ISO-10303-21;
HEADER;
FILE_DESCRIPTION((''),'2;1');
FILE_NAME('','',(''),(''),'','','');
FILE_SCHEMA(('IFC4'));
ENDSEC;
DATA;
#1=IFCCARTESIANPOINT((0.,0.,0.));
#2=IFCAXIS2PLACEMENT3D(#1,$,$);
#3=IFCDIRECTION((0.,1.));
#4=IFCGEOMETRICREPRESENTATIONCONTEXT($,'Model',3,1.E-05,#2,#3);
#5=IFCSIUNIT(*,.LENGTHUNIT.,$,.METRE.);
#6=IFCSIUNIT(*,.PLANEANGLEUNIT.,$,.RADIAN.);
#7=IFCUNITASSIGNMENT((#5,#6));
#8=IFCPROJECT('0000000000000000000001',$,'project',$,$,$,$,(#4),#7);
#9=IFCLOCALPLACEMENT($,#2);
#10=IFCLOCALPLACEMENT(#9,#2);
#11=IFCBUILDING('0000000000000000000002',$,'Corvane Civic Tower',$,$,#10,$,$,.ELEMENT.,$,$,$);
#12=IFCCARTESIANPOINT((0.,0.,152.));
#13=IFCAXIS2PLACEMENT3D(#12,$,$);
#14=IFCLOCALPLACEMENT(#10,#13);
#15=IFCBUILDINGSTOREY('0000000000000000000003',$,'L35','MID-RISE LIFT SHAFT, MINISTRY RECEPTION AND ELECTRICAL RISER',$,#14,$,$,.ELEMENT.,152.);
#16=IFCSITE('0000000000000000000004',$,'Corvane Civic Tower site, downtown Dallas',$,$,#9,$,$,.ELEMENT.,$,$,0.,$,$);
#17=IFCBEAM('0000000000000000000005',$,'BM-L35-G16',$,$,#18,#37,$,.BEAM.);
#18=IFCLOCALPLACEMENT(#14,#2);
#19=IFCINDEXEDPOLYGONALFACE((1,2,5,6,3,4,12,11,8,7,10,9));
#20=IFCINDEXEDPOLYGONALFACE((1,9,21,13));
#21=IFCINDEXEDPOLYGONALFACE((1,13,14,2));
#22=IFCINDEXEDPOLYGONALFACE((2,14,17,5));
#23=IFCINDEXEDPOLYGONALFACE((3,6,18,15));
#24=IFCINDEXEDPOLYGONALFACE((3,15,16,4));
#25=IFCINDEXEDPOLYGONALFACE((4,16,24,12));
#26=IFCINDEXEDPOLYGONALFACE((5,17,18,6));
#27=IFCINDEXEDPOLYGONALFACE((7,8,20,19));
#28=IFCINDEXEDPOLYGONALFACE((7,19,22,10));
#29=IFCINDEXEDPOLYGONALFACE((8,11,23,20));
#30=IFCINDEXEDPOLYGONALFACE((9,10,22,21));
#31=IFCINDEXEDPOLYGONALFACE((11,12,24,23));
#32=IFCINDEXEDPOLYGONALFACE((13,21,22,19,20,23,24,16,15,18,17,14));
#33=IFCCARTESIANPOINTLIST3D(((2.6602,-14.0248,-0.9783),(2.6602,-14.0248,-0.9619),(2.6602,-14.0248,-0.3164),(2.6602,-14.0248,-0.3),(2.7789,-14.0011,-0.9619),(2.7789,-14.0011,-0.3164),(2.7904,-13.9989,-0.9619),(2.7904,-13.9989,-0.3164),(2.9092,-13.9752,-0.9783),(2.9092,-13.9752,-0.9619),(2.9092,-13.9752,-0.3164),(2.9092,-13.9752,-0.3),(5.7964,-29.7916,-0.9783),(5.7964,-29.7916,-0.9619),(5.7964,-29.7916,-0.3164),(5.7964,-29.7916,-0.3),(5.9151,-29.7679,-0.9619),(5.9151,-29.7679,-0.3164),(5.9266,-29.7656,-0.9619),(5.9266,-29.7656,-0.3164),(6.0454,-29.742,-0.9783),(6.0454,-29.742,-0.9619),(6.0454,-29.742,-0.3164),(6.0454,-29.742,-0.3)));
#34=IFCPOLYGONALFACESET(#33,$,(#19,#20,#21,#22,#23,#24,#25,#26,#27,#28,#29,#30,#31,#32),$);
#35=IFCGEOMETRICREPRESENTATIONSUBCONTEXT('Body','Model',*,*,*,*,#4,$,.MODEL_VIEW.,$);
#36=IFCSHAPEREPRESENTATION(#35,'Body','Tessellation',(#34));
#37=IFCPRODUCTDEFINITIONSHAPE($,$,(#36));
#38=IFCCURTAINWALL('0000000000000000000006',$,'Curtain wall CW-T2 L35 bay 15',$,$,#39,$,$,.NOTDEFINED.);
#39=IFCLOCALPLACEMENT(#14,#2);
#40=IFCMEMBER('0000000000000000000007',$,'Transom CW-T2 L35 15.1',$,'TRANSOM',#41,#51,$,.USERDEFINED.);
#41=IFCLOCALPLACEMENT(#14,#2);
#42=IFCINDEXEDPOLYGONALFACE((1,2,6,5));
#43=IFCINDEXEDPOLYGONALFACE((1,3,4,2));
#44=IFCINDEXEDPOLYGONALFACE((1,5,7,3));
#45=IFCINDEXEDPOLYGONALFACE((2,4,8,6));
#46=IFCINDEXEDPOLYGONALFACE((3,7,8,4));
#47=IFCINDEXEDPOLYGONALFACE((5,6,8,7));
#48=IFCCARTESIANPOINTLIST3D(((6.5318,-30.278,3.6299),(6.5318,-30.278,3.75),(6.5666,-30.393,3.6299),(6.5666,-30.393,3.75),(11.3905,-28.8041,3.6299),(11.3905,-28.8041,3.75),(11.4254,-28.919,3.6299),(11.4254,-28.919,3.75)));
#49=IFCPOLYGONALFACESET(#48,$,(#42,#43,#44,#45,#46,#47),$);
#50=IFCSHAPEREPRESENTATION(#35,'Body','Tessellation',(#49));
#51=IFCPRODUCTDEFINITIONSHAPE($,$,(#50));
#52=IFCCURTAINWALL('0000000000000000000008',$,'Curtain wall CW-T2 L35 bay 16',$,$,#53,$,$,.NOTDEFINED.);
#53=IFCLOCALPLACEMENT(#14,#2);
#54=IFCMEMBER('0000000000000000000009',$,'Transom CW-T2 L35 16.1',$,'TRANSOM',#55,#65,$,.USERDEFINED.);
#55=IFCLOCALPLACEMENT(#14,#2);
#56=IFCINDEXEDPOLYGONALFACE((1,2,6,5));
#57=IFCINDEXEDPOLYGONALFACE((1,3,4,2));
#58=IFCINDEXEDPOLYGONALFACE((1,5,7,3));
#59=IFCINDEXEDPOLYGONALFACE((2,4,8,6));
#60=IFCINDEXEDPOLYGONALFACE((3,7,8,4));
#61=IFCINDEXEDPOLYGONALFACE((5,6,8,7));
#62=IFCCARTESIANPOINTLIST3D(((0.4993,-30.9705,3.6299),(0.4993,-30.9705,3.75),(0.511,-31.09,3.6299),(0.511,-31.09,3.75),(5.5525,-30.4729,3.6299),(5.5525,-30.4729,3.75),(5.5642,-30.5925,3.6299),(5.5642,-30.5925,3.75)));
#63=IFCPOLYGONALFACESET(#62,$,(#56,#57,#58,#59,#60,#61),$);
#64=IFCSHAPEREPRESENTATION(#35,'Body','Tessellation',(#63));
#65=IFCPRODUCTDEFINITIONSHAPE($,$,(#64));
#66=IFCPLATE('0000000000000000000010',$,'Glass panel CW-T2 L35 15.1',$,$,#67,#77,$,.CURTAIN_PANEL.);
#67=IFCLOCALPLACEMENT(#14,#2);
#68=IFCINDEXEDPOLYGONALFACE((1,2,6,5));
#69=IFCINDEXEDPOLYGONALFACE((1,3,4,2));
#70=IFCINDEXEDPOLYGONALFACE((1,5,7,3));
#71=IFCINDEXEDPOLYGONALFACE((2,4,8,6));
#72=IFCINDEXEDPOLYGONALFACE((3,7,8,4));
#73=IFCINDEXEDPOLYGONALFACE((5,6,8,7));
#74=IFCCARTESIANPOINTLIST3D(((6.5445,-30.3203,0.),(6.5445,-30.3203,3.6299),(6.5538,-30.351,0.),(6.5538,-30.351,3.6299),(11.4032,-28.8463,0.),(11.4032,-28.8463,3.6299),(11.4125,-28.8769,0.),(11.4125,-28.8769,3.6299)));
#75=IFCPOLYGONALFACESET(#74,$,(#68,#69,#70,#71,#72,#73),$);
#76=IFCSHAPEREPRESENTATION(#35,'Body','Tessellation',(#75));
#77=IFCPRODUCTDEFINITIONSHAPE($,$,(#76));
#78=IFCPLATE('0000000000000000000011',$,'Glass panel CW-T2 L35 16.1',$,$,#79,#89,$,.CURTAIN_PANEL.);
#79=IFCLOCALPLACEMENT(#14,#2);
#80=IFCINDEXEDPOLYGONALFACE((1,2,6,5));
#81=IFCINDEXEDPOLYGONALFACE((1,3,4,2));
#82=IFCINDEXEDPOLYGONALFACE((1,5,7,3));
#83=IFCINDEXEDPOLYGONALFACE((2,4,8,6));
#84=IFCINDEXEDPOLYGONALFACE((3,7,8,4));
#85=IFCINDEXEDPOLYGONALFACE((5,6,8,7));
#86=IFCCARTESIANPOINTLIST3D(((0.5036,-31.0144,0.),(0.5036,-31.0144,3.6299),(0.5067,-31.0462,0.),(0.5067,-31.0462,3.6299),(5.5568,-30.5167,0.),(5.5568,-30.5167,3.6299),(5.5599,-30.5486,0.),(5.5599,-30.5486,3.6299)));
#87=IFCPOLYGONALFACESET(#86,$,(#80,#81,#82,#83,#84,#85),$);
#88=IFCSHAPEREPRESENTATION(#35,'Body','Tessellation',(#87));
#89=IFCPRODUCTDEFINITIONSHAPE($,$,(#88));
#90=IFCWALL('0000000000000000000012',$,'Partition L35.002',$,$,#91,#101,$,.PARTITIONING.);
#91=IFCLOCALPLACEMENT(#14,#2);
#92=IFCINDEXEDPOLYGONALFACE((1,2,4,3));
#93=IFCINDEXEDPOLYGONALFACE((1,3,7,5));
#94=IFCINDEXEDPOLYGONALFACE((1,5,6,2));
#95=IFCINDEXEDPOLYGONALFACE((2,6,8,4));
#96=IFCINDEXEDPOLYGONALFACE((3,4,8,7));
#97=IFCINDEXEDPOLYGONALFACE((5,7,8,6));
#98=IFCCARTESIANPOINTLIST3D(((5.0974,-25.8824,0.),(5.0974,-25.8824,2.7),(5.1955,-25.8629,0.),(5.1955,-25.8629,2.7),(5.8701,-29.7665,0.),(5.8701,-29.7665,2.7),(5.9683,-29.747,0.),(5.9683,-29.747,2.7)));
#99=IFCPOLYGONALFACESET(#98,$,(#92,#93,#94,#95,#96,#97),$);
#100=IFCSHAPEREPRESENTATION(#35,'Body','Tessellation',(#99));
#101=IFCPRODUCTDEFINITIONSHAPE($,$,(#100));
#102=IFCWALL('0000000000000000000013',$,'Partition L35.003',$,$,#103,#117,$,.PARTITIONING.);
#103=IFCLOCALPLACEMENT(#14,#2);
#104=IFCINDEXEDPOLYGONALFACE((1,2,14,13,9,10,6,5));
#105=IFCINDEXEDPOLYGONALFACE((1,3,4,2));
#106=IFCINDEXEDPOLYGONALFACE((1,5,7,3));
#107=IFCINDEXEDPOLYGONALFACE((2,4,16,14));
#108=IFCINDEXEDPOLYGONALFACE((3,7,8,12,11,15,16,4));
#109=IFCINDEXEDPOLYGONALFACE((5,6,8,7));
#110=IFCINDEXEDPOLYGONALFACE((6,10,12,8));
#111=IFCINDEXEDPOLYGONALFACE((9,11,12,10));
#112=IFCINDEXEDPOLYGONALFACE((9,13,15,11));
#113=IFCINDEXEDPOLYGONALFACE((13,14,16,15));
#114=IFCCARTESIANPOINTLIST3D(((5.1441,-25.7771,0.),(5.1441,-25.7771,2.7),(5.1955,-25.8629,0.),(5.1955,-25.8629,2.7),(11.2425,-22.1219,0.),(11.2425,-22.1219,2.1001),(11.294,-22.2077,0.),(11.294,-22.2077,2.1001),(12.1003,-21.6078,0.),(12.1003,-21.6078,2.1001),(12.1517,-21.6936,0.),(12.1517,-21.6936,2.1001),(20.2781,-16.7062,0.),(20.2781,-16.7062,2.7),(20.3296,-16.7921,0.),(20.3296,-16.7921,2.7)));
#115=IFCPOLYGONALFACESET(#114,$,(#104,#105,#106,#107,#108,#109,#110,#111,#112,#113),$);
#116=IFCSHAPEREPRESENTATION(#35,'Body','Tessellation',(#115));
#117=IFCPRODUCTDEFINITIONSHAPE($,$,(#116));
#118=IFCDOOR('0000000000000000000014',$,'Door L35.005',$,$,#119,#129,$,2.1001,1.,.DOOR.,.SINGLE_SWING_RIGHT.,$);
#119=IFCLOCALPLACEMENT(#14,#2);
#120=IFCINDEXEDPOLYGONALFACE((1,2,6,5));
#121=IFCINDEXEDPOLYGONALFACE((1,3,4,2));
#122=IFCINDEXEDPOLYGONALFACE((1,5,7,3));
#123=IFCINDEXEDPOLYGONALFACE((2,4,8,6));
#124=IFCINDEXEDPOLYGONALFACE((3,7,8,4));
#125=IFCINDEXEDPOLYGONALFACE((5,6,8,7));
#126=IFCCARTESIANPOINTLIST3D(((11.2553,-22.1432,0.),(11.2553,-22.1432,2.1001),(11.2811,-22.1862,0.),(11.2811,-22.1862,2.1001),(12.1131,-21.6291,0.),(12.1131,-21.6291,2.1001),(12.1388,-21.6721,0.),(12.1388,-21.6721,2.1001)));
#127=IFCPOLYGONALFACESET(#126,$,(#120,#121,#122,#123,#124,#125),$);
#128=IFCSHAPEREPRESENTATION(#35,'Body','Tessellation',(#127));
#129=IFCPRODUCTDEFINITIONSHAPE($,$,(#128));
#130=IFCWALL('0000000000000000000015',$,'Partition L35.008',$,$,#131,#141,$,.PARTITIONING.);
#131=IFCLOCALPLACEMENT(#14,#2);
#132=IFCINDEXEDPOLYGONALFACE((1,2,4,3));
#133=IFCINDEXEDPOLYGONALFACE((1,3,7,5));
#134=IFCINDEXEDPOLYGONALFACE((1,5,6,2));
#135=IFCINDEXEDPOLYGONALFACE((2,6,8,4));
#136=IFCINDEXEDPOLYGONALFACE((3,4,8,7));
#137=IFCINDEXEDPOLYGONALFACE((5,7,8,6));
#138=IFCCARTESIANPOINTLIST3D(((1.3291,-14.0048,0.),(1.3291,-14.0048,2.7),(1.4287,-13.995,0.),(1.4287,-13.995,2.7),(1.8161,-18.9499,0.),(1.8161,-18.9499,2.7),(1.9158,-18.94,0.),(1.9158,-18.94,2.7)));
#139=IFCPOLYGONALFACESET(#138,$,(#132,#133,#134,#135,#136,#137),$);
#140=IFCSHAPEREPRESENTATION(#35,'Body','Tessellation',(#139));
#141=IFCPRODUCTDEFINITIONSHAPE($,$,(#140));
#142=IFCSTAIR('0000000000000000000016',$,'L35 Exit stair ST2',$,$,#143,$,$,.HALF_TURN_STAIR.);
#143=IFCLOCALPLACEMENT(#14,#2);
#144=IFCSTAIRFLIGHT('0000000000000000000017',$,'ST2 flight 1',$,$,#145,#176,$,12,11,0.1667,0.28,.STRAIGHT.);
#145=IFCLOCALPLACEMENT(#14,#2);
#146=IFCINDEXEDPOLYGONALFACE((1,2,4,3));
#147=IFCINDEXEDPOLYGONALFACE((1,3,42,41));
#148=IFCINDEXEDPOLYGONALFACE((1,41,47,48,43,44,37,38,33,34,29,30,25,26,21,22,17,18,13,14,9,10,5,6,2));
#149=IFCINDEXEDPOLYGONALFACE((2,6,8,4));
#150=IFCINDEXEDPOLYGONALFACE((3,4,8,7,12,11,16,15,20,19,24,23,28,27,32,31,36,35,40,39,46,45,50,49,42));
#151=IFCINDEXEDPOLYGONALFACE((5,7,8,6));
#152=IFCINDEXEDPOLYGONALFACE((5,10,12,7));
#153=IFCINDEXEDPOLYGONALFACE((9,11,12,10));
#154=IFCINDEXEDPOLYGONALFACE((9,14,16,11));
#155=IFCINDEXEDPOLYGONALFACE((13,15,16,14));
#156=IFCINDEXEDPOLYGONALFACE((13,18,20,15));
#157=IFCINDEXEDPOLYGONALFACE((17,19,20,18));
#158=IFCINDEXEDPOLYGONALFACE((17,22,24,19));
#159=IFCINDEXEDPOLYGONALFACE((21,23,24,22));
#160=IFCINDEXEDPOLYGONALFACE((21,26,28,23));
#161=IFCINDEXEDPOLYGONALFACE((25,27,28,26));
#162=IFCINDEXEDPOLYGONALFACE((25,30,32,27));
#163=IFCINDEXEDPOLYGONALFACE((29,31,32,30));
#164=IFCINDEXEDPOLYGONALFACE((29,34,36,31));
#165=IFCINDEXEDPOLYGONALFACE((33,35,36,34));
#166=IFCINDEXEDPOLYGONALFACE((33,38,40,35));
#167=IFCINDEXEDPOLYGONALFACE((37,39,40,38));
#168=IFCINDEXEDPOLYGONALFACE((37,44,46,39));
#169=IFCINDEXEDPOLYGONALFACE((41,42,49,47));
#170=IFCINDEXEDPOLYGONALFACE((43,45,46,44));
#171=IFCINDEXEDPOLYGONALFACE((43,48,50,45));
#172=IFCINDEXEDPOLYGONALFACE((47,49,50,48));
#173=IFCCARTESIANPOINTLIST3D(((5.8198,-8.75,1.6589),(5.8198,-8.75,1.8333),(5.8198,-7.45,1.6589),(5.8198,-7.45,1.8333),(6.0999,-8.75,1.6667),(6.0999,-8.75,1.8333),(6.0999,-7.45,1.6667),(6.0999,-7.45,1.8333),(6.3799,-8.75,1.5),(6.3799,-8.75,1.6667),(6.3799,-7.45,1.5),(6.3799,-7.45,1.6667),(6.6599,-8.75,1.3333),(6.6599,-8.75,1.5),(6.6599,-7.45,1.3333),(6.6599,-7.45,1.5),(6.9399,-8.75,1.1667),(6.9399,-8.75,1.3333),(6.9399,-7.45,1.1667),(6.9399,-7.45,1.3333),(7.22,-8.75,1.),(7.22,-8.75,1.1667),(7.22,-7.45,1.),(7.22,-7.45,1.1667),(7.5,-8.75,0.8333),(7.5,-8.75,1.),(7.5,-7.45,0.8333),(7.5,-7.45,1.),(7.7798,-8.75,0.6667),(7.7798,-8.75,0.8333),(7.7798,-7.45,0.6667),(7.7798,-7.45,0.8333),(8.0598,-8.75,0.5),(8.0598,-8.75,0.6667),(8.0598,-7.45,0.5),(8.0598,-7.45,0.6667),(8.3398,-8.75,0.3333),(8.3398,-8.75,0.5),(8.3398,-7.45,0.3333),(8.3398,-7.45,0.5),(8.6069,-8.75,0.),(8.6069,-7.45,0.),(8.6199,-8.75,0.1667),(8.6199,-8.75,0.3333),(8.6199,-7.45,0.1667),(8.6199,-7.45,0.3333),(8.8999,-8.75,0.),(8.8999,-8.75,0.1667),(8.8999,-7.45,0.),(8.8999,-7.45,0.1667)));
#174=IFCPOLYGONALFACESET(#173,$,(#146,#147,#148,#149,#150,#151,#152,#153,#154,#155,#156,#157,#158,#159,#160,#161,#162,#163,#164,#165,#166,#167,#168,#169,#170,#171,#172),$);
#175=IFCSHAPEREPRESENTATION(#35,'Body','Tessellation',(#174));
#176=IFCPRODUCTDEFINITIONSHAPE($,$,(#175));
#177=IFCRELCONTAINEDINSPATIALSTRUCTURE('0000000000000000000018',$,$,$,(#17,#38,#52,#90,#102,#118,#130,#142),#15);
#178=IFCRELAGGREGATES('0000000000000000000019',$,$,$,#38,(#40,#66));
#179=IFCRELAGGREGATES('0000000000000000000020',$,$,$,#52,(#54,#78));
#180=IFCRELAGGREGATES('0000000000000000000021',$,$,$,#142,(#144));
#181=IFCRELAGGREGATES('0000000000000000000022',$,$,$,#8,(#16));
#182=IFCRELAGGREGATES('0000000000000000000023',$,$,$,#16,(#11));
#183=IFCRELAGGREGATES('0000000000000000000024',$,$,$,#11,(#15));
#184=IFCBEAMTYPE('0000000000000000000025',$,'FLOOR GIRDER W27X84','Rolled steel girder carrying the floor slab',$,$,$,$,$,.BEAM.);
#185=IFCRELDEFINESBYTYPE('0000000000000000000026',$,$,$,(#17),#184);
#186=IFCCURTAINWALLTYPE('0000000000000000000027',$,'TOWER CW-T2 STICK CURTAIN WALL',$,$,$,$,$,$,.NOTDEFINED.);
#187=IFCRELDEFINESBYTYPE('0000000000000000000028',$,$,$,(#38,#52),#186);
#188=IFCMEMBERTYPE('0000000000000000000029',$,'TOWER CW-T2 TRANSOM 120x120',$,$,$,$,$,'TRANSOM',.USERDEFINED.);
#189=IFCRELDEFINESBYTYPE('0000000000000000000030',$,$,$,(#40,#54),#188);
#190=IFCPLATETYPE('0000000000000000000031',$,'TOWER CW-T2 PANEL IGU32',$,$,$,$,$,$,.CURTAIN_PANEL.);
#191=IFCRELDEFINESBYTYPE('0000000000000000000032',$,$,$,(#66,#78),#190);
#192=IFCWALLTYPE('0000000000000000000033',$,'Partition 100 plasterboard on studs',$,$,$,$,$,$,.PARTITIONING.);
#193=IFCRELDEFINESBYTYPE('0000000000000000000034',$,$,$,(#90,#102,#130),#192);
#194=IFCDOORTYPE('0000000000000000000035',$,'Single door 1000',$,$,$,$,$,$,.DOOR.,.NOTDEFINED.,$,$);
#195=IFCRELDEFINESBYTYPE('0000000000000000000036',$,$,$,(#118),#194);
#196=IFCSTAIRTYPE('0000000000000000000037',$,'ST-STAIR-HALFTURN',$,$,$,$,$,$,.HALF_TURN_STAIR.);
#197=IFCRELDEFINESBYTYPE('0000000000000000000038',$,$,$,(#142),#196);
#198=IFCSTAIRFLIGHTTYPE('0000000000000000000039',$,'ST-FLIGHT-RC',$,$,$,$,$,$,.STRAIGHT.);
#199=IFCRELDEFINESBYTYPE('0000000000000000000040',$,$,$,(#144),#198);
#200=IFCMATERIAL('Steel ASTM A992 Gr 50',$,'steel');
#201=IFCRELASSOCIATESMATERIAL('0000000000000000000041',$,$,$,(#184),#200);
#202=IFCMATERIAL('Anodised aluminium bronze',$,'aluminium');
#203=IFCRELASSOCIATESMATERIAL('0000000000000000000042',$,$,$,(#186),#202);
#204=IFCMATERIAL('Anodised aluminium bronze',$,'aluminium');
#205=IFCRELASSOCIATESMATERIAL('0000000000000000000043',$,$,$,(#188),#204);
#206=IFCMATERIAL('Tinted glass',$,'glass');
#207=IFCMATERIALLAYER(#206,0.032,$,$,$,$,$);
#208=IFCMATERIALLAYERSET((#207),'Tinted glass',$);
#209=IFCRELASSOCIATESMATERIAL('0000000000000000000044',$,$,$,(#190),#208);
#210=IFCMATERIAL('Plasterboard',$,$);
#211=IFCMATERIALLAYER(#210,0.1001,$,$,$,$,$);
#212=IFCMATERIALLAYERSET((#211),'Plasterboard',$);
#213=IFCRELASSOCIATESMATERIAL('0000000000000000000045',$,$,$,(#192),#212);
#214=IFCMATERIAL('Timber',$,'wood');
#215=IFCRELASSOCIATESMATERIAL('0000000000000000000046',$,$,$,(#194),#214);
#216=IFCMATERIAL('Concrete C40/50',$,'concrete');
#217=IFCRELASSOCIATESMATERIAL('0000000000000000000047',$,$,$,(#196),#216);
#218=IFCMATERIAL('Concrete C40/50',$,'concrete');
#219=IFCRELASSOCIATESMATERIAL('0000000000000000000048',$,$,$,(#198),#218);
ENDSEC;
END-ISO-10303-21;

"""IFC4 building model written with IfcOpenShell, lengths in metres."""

from ifc_helpers import new_model, si_unit, direction, frame, frame_2d, origin, origin_2d, place, context, subcontext, project, spatial, polyline, rectangle, i_section, outline, extrude, material, layer, layer_set, material_profile, profile_set, type_object, element, fill, aggregate, save


model = new_model("IFC4")

# Units and contexts
model_context = context("Model", 3, precision=1e-05, world=origin(), true_north=direction((0.0, 1.0)))
body_context = subcontext(model_context, "Body", "Model", "MODEL_VIEW")
ifc_project = project(units=[si_unit("LENGTHUNIT", "METRE"), si_unit("PLANEANGLEUNIT", "RADIAN")], contexts=[model_context])

# Site, building, storey
site_placement = place(None, origin())
site = spatial("IfcSite", under=ifc_project, at=site_placement, Name="Corvane Civic Tower site, downtown Dallas", CompositionType="ELEMENT", RefElevation=0.0)
building_placement = place(site_placement, origin())
building = spatial("IfcBuilding", under=site, at=building_placement, Name="Corvane Civic Tower", CompositionType="ELEMENT")
storey_placement = place(building_placement, frame((0.0, 0.0, 152.0)))
storey = spatial("IfcBuildingStorey", under=building, at=storey_placement, Name="L35", Description="MID-RISE LIFT SHAFT, MINISTRY RECEPTION AND ELECTRICAL RISER", CompositionType="ELEMENT", Elevation=152.0)

# Beam
ifc_material_1 = material(Name="Steel ASTM A992 Gr 50", Category="steel")
ifc_material_profile_1 = material_profile(ifc_material_1, i_section(OverallWidth=0.2539, OverallDepth=0.6782, WebThickness=0.0117, FlangeThickness=0.0164, at=origin_2d()), Name="W27X84")
ifc_profile_set_1 = profile_set([ifc_material_profile_1], Name="Steel ASTM A992 Gr 50")
beam_type_1 = type_object("IfcBeamType", Name="FLOOR GIRDER W27X84", Description="Rolled steel girder carrying the floor slab", PredefinedType="BEAM", material=ifc_profile_set_1)
beam_1_placement = place(storey_placement, frame((2.7847, -14.0, -0.6392), z_axis=(0.195091, -0.980785, 0.0), x_axis=(0.980785, 0.195091, 0.0)))
element("IfcBeam", 1, at=beam_1_placement, inside=storey, type_object=beam_type_1, Name="BM-L35-G16", PredefinedType="BEAM", context=body_context, shape_type="SweptSolid", body=[
    extrude(i_section(OverallWidth=0.2539, OverallDepth=0.6782, WebThickness=0.0117, FlangeThickness=0.0164, at=origin_2d()), origin(), (0.0, 0.0, 1.0), 16.0757),
])

# Curtain walls, members
ifc_material_2 = material(Name="Anodised aluminium bronze", Category="aluminium")
curtain_wall_type = type_object("IfcCurtainWallType", Name="TOWER CW-T2 STICK CURTAIN WALL", PredefinedType="NOTDEFINED", material=ifc_material_2)
curtain_wall_1_placement = place(storey_placement, origin())
curtain_wall_1 = element("IfcCurtainWall", 2, at=curtain_wall_1_placement, inside=storey, type_object=curtain_wall_type, Name="Curtain wall CW-T2 L35 bay 15", PredefinedType="NOTDEFINED")
ifc_material_3 = material(Name="Anodised aluminium bronze", Category="aluminium")
ifc_material_profile_2 = material_profile(ifc_material_3, rectangle(XDim=0.1201, YDim=0.1201, at=origin_2d()), Name="TOWER CW-T2 TRANSOM 120x120")
ifc_profile_set_2 = profile_set([ifc_material_profile_2], Name="Anodised aluminium bronze")
member_type = type_object("IfcMemberType", Name="TOWER CW-T2 TRANSOM 120x120", ElementType="TRANSOM", PredefinedType="USERDEFINED", material=ifc_profile_set_2)
member_1_placement = place(storey_placement, frame((11.408, -28.8616, 3.6899), z_axis=(-0.956939, -0.290289, 0.0), x_axis=(0.290289, -0.956939, 0.0)))
member_1 = element("IfcMember", 3, at=member_1_placement, type_object=member_type, Name="Transom CW-T2 L35 15.1", ObjectType="TRANSOM", PredefinedType="USERDEFINED", context=body_context, shape_type="SweptSolid", body=[
    extrude(rectangle(XDim=0.1201, YDim=0.1201, at=origin_2d()), origin(), (0.0, 0.0, 1.0), 5.0774),
])
curtain_wall_2_placement = place(storey_placement, origin())
curtain_wall_2 = element("IfcCurtainWall", 4, at=curtain_wall_2_placement, inside=storey, type_object=curtain_wall_type, Name="Curtain wall CW-T2 L35 bay 16", PredefinedType="NOTDEFINED")
member_2_placement = place(storey_placement, frame((5.5583, -30.5327, 3.6899), z_axis=(-0.995187, -0.09799, 0.0), x_axis=(0.09799, -0.995187, 0.0)))
member_2 = element("IfcMember", 5, at=member_2_placement, type_object=member_type, Name="Transom CW-T2 L35 16.1", ObjectType="TRANSOM", PredefinedType="USERDEFINED", context=body_context, shape_type="SweptSolid", body=[
    extrude(rectangle(XDim=0.1201, YDim=0.1201, at=origin_2d()), origin(), (0.0, 0.0, 1.0), 5.0776),
])

# Plates
ifc_material_4 = material(Name="Tinted glass", Category="glass")
ifc_layer_1 = layer(ifc_material_4, 0.032)
ifc_layer_set_1 = layer_set([ifc_layer_1], Name="Tinted glass")
plate_type = type_object("IfcPlateType", Name="TOWER CW-T2 PANEL IGU32", PredefinedType="CURTAIN_PANEL", material=ifc_layer_set_1)
plate_1_placement = place(storey_placement, frame((8.9785, -29.5986, 0.0), z_axis=(0.0, 0.0, 1.0), x_axis=(-0.956932, -0.290313, 0.0)))
plate_1 = element("IfcPlate", 6, at=plate_1_placement, type_object=plate_type, Name="Glass panel CW-T2 L35 15.1", PredefinedType="CURTAIN_PANEL", context=body_context, shape_type="SweptSolid", body=[
    extrude(rectangle(XDim=5.0774, YDim=0.032, at=origin_2d()), origin(), (0.0, 0.0, 1.0), 3.6299),
])
aggregate(curtain_wall_1, [member_1, plate_1])
plate_2_placement = place(storey_placement, frame((3.0317, -30.7815, 0.0), z_axis=(0.0, 0.0, 1.0), x_axis=(-0.995185, -0.098012, 0.0)))
plate_2 = element("IfcPlate", 7, at=plate_2_placement, type_object=plate_type, Name="Glass panel CW-T2 L35 16.1", PredefinedType="CURTAIN_PANEL", context=body_context, shape_type="SweptSolid", body=[
    extrude(rectangle(XDim=5.0776, YDim=0.032, at=origin_2d()), origin(), (0.0, 0.0, 1.0), 3.6299),
])
aggregate(curtain_wall_2, [member_2, plate_2])

# Wall
ifc_material_5 = material(Name="Plasterboard")
ifc_layer_2 = layer(ifc_material_5, 0.1001)
ifc_layer_set_2 = layer_set([ifc_layer_2], Name="Plasterboard")
wall_type = type_object("IfcWallType", Name="Partition 100 plasterboard on studs", PredefinedType="PARTITIONING", material=ifc_layer_set_2)
wall_1_placement = place(storey_placement, frame((5.1465, -25.8728, 0.0), z_axis=(0.0, 0.0, 1.0), x_axis=(0.19512, -0.980779, 0.0)))
element("IfcWall", 8, at=wall_1_placement, inside=storey, type_object=wall_type, Name="Partition L35.002", PredefinedType="PARTITIONING", context=body_context, shape_type="SweptSolid", body=[
    extrude(rectangle(XDim=3.9602, YDim=0.1001, at=frame_2d((1.98, 0.0))), origin(), (0.0, 0.0, 1.0), 2.7),
])

# Wall, opening, door
wall_2_placement = place(storey_placement, frame((5.1697, -25.8201, 0.0), z_axis=(0.0, 0.0, 1.0), x_axis=(0.857733, 0.514095, 0.0)))
wall_2 = element("IfcWall", 9, at=wall_2_placement, inside=storey, type_object=wall_type, Name="Partition L35.003", PredefinedType="PARTITIONING", context=body_context, shape_type="SweptSolid", body=[
    extrude(rectangle(XDim=17.6443, YDim=0.1001, at=frame_2d((8.8223, 0.0))), origin(), (0.0, 0.0, 1.0), 2.7),
])
opening_placement = place(wall_2_placement, frame((7.1101, 0.0, 0.0)))
opening = element("IfcOpeningElement", 10, at=opening_placement, cuts=wall_2, PredefinedType="OPENING", context=body_context, shape_type="SweptSolid", body=[
    extrude(rectangle(XDim=1.0, YDim=2.1001, at=frame_2d((0.5, 1.05))), frame((0.0, 0.0601, 0.0), z_axis=(0.0, -1.0, 0.0), x_axis=(1.0, 0.0, 0.0)), (0.0, 0.0, 1.0), 0.1201),
])
ifc_material_6 = material(Name="Timber", Category="wood")
door_type = type_object("IfcDoorType", Name="Single door 1000", OperationType="NOTDEFINED", PredefinedType="DOOR", material=ifc_material_6)
door_placement = place(opening_placement, frame((1.0, 0.0, 0.0), z_axis=(0.0, 0.0, 1.0), x_axis=(-1.0, 0.0, 0.0)))
door = element("IfcDoor", 11, at=door_placement, inside=storey, type_object=door_type, Name="Door L35.005", OperationType="SINGLE_SWING_RIGHT", OverallHeight=2.1001, OverallWidth=1.0, PredefinedType="DOOR", context=body_context, shape_type="SweptSolid", body=[
    extrude(rectangle(XDim=1.0, YDim=2.1001, at=frame_2d((0.5, 1.05))), frame((0.0, 0.0249, 0.0), z_axis=(0.0, -1.0, 0.0), x_axis=(1.0, 0.0, 0.0)), (0.0, 0.0, 1.0), 0.05),
])
fill(opening, door)

# Wall
wall_3_placement = place(storey_placement, frame((1.3789, -14.0, 0.0), z_axis=(0.0, 0.0, 1.0), x_axis=(0.09802, -0.995184, 0.0)))
element("IfcWall", 12, at=wall_3_placement, inside=storey, type_object=wall_type, Name="Partition L35.008", PredefinedType="PARTITIONING", context=body_context, shape_type="SweptSolid", body=[
    extrude(rectangle(XDim=4.969, YDim=0.1001, at=frame_2d((2.4844, 0.0))), origin(), (0.0, 0.0, 1.0), 2.7),
])

# Stair, stair flight
ifc_material_7 = material(Name="Concrete C40/50", Category="concrete")
stair_type = type_object("IfcStairType", Name="ST-STAIR-HALFTURN", PredefinedType="HALF_TURN_STAIR", material=ifc_material_7)
stair_placement = place(storey_placement, origin())
stair = element("IfcStair", 13, at=stair_placement, inside=storey, type_object=stair_type, Name="L35 Exit stair ST2", PredefinedType="HALF_TURN_STAIR")
ifc_material_8 = material(Name="Concrete C40/50", Category="concrete")
stair_flight_type = type_object("IfcStairFlightType", Name="ST-FLIGHT-RC", PredefinedType="STRAIGHT", material=ifc_material_8)
stair_flight_1_placement = place(storey_placement, frame((8.8999, -8.1001, 0.0), z_axis=(0.0, 0.0, 1.0), x_axis=(-1.0, 0.0, 0.0)))
stair_flight_1 = element("IfcStairFlight", 14, at=stair_flight_1_placement, type_object=stair_flight_type, Name="ST2 flight 1", NumberOfRisers=12, NumberOfTreads=11, PredefinedType="STRAIGHT", RiserHeight=0.1667, TreadLength=0.28, context=body_context, shape_type="SweptSolid", body=[
    extrude(outline(polyline([(0.0, 0.0), (0.0, 0.1667), (0.28, 0.1667), (0.28, 0.3333), (0.5601, 0.3333), (0.5601, 0.5), (0.8401, 0.5), (0.8401, 0.6667), (1.1201, 0.6667), (1.1201, 0.8333), (1.3999, 0.8333), (1.3999, 1.0), (1.6799, 1.0), (1.6799, 1.1667), (1.96, 1.1667), (1.96, 1.3333), (2.24, 1.3333), (2.24, 1.5), (2.52, 1.5), (2.52, 1.6667), (2.8, 1.6667), (2.8, 1.8333), (3.0801, 1.8333), (3.0801, 2.0), (3.0801, 1.6589), (0.293, 0.0), (0.0, 0.0)])), frame((0.0, 0.6499, 0.0), z_axis=(0.0, -1.0, 0.0), x_axis=(1.0, 0.0, 0.0)), (0.0, 0.0, 1.0), 1.3),
])
aggregate(stair, [stair_flight_1])

save(model, "model.ifc")
